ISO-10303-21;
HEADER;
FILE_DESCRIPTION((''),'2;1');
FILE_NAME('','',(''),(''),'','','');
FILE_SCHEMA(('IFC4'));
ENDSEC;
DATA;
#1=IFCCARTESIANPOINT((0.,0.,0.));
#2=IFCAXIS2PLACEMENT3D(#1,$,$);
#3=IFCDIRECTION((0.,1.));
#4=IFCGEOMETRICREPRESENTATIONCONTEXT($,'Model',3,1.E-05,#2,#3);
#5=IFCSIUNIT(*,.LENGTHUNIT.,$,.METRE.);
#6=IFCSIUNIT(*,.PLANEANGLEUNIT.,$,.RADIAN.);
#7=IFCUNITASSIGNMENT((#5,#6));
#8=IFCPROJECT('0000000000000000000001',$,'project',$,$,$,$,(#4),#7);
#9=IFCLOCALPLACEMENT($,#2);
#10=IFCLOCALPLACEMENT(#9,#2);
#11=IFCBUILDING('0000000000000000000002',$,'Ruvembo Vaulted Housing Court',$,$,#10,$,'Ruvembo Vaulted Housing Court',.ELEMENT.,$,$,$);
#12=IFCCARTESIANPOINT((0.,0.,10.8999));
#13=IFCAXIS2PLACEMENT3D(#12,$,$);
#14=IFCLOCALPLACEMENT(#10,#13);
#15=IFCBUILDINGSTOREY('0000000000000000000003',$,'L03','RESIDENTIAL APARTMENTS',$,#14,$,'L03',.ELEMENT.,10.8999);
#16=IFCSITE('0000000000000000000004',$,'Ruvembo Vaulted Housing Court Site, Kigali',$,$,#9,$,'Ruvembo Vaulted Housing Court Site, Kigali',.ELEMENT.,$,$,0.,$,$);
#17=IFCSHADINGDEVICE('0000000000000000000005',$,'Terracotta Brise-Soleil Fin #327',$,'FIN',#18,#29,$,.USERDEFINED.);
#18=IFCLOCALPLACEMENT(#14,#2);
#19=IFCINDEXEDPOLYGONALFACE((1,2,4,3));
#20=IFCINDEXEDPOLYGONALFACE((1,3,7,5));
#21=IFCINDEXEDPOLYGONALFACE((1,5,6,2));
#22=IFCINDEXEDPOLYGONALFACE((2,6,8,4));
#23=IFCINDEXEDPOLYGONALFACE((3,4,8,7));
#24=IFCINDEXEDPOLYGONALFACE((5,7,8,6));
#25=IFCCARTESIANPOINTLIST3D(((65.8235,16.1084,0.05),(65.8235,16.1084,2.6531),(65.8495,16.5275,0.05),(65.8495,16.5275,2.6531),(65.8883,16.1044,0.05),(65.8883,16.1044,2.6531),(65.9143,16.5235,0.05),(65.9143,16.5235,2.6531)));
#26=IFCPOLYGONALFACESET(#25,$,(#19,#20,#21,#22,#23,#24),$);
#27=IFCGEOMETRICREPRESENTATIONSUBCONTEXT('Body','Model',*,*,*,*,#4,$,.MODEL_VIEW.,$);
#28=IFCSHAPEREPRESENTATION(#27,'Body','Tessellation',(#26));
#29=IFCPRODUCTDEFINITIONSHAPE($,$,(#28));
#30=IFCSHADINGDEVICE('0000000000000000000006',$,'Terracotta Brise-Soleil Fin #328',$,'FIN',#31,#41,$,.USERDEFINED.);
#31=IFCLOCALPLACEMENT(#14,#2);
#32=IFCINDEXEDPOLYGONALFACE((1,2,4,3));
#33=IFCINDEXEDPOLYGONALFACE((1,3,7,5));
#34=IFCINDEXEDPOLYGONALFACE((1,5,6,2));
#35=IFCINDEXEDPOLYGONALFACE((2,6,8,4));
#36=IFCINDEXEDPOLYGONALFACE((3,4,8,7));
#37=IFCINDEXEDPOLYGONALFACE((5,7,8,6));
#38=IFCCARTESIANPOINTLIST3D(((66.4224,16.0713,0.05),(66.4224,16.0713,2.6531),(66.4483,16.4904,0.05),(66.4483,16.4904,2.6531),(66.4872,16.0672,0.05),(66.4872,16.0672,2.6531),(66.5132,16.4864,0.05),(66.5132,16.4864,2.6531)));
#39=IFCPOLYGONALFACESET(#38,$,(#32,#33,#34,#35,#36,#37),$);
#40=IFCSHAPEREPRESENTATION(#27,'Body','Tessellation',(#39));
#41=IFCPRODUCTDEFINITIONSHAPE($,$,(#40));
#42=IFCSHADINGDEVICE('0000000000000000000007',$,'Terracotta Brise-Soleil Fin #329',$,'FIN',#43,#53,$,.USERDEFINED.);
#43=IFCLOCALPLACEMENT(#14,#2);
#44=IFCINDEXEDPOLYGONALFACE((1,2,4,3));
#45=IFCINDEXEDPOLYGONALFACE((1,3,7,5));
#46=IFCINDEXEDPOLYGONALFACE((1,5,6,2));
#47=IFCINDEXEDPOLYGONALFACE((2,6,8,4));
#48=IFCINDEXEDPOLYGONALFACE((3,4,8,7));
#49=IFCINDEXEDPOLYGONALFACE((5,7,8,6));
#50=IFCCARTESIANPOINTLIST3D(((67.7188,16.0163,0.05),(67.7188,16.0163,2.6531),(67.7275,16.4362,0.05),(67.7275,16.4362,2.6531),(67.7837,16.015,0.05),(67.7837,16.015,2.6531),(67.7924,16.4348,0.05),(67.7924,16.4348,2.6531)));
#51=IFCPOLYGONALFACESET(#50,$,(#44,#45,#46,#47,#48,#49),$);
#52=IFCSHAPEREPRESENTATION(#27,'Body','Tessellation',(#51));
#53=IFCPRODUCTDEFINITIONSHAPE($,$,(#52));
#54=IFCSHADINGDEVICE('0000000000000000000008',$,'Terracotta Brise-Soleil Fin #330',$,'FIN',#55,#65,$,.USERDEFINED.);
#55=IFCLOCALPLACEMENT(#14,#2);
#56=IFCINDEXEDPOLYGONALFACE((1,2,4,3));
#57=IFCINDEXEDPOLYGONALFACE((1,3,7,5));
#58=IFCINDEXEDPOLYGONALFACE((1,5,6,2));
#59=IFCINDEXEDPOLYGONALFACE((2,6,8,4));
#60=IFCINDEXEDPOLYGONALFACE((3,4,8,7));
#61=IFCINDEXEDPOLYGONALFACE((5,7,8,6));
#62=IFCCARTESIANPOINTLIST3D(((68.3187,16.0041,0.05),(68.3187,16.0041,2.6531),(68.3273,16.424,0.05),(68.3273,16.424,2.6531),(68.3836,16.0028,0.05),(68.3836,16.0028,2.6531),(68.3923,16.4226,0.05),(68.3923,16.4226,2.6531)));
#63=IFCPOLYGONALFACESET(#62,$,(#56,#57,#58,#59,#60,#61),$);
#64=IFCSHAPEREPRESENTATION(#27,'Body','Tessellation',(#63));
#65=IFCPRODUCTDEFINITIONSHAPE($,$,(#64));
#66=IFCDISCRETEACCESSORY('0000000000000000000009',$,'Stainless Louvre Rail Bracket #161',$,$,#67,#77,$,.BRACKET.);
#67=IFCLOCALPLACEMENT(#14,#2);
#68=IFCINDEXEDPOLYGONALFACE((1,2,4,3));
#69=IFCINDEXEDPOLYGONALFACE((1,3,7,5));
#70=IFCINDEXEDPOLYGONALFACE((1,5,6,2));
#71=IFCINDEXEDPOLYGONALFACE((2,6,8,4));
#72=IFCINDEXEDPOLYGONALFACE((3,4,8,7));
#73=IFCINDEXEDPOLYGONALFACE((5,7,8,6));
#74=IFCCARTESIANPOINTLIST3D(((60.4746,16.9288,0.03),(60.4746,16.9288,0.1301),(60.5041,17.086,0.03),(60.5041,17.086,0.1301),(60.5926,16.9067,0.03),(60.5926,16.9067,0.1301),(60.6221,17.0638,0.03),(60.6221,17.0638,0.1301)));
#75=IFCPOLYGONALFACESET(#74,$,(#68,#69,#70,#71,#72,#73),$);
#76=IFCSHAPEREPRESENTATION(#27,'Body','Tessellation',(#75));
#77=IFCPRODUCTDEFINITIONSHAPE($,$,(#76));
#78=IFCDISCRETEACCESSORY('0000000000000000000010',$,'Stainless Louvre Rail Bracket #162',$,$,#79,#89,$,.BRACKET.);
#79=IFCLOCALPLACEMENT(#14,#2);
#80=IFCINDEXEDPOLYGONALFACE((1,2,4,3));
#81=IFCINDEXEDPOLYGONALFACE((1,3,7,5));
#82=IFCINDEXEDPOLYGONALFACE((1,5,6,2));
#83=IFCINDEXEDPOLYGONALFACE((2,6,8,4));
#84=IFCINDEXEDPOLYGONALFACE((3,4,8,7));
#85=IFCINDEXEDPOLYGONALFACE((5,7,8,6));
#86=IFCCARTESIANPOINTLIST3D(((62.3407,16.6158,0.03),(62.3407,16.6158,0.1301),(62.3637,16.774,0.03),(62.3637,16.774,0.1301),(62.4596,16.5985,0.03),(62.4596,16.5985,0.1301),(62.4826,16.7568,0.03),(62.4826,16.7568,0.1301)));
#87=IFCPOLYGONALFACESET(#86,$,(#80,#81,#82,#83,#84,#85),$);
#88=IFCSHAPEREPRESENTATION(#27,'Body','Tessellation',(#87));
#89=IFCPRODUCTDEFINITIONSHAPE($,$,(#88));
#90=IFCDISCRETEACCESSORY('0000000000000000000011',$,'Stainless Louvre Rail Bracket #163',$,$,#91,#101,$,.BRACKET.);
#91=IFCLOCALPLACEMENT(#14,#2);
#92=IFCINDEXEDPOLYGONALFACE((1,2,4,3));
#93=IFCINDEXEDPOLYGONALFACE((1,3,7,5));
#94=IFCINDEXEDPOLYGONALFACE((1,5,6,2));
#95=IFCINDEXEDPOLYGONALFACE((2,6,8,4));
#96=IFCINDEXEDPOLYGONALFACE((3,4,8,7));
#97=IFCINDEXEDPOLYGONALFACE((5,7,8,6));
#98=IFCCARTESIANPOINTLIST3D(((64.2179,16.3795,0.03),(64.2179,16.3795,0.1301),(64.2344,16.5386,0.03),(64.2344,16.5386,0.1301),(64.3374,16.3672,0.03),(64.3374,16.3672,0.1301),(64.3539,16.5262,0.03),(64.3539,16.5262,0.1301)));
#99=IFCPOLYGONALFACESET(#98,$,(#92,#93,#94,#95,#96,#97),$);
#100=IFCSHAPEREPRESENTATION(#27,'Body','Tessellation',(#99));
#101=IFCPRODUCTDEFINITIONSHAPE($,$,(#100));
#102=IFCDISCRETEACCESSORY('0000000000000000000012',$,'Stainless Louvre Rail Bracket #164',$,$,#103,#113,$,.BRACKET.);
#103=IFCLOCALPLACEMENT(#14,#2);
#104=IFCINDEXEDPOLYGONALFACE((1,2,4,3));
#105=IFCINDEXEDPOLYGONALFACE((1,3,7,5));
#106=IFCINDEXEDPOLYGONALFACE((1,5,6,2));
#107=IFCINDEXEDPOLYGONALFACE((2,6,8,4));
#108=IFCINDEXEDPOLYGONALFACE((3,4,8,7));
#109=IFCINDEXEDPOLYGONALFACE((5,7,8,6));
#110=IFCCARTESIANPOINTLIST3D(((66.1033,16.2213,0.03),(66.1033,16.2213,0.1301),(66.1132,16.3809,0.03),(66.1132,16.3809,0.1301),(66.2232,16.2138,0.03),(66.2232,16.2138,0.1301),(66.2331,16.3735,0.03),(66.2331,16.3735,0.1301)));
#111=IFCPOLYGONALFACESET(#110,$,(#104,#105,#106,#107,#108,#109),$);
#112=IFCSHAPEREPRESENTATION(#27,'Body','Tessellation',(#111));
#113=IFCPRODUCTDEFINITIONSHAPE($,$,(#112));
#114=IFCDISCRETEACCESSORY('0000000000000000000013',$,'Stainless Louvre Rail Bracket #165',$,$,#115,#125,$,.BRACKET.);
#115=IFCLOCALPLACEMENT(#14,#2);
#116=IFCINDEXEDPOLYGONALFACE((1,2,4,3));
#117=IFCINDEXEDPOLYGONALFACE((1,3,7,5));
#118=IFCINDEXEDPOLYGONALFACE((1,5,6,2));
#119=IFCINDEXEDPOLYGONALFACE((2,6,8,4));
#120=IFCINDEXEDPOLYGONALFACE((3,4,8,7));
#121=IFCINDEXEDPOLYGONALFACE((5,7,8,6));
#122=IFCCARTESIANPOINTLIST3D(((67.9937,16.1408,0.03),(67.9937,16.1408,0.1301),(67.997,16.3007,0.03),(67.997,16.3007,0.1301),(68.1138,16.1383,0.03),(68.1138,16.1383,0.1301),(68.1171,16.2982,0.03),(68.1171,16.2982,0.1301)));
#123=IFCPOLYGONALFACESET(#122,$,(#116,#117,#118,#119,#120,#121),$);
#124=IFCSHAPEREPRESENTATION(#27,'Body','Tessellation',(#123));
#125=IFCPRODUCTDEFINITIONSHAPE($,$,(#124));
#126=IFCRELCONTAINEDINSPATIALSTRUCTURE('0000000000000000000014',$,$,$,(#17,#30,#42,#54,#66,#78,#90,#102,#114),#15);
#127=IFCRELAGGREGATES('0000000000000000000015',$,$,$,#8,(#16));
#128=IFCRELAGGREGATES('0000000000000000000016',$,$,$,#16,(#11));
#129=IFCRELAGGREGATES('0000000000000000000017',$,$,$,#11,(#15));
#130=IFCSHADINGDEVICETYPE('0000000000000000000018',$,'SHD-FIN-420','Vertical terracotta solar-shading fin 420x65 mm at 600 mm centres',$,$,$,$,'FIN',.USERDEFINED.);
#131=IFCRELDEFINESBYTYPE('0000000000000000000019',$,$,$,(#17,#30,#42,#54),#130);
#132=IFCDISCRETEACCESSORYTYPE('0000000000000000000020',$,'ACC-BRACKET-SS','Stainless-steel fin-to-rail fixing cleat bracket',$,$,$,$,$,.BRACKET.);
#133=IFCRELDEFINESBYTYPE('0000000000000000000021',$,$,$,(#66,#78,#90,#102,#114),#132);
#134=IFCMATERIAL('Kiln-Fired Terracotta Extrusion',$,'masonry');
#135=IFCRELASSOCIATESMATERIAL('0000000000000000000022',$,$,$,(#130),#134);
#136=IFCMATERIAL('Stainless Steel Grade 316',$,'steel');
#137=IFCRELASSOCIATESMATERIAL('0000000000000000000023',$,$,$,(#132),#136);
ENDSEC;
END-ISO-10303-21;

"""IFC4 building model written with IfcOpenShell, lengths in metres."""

from ifc_helpers import new_model, si_unit, direction, frame, origin, origin_2d, place, context, subcontext, project, spatial, rectangle, extrude, material, type_object, element, save


model = new_model("IFC4")

# Units and contexts
model_context = context("Model", 3, precision=1e-05, world=origin(), true_north=direction((0.0, 1.0)))
body_context = subcontext(model_context, "Body", "Model", "MODEL_VIEW")
ifc_project = project(units=[si_unit("LENGTHUNIT", "METRE"), si_unit("PLANEANGLEUNIT", "RADIAN")], contexts=[model_context])

# Site, building, storey
site_placement = place(None, origin())
site = spatial("IfcSite", under=ifc_project, at=site_placement, Name="Ruvembo Vaulted Housing Court Site, Kigali", LongName="Ruvembo Vaulted Housing Court Site, Kigali", CompositionType="ELEMENT", RefElevation=0.0)
building_placement = place(site_placement, origin())
building = spatial("IfcBuilding", under=site, at=building_placement, Name="Ruvembo Vaulted Housing Court", LongName="Ruvembo Vaulted Housing Court", CompositionType="ELEMENT")
storey_placement = place(building_placement, frame((0.0, 0.0, 10.8999)))
storey = spatial("IfcBuildingStorey", under=building, at=storey_placement, Name="L03", Description="RESIDENTIAL APARTMENTS", LongName="L03", CompositionType="ELEMENT", Elevation=10.8999)

# Shading devices
ifc_material_1 = material(Name="Kiln-Fired Terracotta Extrusion", Category="masonry")
shading_device_type = type_object("IfcShadingDeviceType", Name="SHD-FIN-420", Description="Vertical terracotta solar-shading fin 420x65 mm at 600 mm centres", ElementType="FIN", PredefinedType="USERDEFINED", material=ifc_material_1)
for number, where, z_axis, x_axis, name in (
    (1, (65.8689, 16.3159, 0.05), (0.0, 0.0, 1.0), (-0.061832, -0.998087, 0.0), "Terracotta Brise-Soleil Fin #327"),
    (2, (66.4678, 16.2788, 0.05), (0.0, 0.0, 1.0), (-0.061832, -0.998087, 0.0), "Terracotta Brise-Soleil Fin #328"),
    (3, (67.7556, 16.2256, 0.05), (0.0, 0.0, 1.0), (-0.020646, -0.999787, 0.0), "Terracotta Brise-Soleil Fin #329"),
    (4, (68.3555, 16.2134, 0.05), (0.0, 0.0, 1.0), (-0.020646, -0.999787, 0.0), "Terracotta Brise-Soleil Fin #330"),
):
    element("IfcShadingDevice", number, at=place(storey_placement, frame(where, z_axis=z_axis, x_axis=x_axis)), inside=storey, type_object=shading_device_type, Name=name, ObjectType="FIN", PredefinedType="USERDEFINED", context=body_context, shape_type="SweptSolid", body=[
        extrude(rectangle(XDim=0.4199, YDim=0.0649, at=origin_2d()), origin(), (0.0, 0.0, 1.0), 2.603),
    ])

# Discrete accessories
ifc_material_2 = material(Name="Stainless Steel Grade 316", Category="steel")
discrete_accessory_type = type_object("IfcDiscreteAccessoryType", Name="ACC-BRACKET-SS", Description="Stainless-steel fin-to-rail fixing cleat bracket", PredefinedType="BRACKET", material=ifc_material_2)
for number, where, z_axis, x_axis, name in (
    (5, (60.5483, 16.9963, 0.03), (0.0, 0.0, 1.0), (-0.184569, -0.98282, 0.0), "Stainless Louvre Rail Bracket #161"),
    (6, (62.4116, 16.6863, 0.03), (0.0, 0.0, 1.0), (-0.143873, -0.989596, 0.0), "Stainless Louvre Rail Bracket #162"),
    (7, (64.2859, 16.4529, 0.03), (0.0, 0.0, 1.0), (-0.102949, -0.994687, 0.0), "Stainless Louvre Rail Bracket #163"),
    (8, (66.1682, 16.2974, 0.03), (0.0, 0.0, 1.0), (-0.061832, -0.998087, 0.0), "Stainless Louvre Rail Bracket #164"),
    (9, (68.0554, 16.2195, 0.03), (0.0, 0.0, 1.0), (-0.020646, -0.999787, 0.0), "Stainless Louvre Rail Bracket #165"),
):
    element("IfcDiscreteAccessory", number, at=place(storey_placement, frame(where, z_axis=z_axis, x_axis=x_axis)), inside=storey, type_object=discrete_accessory_type, Name=name, PredefinedType="BRACKET", context=body_context, shape_type="SweptSolid", body=[
        extrude(rectangle(XDim=0.1599, YDim=0.1201, at=origin_2d()), origin(), (0.0, 0.0, 1.0), 0.1001),
    ])

save(model, "model.ifc")
